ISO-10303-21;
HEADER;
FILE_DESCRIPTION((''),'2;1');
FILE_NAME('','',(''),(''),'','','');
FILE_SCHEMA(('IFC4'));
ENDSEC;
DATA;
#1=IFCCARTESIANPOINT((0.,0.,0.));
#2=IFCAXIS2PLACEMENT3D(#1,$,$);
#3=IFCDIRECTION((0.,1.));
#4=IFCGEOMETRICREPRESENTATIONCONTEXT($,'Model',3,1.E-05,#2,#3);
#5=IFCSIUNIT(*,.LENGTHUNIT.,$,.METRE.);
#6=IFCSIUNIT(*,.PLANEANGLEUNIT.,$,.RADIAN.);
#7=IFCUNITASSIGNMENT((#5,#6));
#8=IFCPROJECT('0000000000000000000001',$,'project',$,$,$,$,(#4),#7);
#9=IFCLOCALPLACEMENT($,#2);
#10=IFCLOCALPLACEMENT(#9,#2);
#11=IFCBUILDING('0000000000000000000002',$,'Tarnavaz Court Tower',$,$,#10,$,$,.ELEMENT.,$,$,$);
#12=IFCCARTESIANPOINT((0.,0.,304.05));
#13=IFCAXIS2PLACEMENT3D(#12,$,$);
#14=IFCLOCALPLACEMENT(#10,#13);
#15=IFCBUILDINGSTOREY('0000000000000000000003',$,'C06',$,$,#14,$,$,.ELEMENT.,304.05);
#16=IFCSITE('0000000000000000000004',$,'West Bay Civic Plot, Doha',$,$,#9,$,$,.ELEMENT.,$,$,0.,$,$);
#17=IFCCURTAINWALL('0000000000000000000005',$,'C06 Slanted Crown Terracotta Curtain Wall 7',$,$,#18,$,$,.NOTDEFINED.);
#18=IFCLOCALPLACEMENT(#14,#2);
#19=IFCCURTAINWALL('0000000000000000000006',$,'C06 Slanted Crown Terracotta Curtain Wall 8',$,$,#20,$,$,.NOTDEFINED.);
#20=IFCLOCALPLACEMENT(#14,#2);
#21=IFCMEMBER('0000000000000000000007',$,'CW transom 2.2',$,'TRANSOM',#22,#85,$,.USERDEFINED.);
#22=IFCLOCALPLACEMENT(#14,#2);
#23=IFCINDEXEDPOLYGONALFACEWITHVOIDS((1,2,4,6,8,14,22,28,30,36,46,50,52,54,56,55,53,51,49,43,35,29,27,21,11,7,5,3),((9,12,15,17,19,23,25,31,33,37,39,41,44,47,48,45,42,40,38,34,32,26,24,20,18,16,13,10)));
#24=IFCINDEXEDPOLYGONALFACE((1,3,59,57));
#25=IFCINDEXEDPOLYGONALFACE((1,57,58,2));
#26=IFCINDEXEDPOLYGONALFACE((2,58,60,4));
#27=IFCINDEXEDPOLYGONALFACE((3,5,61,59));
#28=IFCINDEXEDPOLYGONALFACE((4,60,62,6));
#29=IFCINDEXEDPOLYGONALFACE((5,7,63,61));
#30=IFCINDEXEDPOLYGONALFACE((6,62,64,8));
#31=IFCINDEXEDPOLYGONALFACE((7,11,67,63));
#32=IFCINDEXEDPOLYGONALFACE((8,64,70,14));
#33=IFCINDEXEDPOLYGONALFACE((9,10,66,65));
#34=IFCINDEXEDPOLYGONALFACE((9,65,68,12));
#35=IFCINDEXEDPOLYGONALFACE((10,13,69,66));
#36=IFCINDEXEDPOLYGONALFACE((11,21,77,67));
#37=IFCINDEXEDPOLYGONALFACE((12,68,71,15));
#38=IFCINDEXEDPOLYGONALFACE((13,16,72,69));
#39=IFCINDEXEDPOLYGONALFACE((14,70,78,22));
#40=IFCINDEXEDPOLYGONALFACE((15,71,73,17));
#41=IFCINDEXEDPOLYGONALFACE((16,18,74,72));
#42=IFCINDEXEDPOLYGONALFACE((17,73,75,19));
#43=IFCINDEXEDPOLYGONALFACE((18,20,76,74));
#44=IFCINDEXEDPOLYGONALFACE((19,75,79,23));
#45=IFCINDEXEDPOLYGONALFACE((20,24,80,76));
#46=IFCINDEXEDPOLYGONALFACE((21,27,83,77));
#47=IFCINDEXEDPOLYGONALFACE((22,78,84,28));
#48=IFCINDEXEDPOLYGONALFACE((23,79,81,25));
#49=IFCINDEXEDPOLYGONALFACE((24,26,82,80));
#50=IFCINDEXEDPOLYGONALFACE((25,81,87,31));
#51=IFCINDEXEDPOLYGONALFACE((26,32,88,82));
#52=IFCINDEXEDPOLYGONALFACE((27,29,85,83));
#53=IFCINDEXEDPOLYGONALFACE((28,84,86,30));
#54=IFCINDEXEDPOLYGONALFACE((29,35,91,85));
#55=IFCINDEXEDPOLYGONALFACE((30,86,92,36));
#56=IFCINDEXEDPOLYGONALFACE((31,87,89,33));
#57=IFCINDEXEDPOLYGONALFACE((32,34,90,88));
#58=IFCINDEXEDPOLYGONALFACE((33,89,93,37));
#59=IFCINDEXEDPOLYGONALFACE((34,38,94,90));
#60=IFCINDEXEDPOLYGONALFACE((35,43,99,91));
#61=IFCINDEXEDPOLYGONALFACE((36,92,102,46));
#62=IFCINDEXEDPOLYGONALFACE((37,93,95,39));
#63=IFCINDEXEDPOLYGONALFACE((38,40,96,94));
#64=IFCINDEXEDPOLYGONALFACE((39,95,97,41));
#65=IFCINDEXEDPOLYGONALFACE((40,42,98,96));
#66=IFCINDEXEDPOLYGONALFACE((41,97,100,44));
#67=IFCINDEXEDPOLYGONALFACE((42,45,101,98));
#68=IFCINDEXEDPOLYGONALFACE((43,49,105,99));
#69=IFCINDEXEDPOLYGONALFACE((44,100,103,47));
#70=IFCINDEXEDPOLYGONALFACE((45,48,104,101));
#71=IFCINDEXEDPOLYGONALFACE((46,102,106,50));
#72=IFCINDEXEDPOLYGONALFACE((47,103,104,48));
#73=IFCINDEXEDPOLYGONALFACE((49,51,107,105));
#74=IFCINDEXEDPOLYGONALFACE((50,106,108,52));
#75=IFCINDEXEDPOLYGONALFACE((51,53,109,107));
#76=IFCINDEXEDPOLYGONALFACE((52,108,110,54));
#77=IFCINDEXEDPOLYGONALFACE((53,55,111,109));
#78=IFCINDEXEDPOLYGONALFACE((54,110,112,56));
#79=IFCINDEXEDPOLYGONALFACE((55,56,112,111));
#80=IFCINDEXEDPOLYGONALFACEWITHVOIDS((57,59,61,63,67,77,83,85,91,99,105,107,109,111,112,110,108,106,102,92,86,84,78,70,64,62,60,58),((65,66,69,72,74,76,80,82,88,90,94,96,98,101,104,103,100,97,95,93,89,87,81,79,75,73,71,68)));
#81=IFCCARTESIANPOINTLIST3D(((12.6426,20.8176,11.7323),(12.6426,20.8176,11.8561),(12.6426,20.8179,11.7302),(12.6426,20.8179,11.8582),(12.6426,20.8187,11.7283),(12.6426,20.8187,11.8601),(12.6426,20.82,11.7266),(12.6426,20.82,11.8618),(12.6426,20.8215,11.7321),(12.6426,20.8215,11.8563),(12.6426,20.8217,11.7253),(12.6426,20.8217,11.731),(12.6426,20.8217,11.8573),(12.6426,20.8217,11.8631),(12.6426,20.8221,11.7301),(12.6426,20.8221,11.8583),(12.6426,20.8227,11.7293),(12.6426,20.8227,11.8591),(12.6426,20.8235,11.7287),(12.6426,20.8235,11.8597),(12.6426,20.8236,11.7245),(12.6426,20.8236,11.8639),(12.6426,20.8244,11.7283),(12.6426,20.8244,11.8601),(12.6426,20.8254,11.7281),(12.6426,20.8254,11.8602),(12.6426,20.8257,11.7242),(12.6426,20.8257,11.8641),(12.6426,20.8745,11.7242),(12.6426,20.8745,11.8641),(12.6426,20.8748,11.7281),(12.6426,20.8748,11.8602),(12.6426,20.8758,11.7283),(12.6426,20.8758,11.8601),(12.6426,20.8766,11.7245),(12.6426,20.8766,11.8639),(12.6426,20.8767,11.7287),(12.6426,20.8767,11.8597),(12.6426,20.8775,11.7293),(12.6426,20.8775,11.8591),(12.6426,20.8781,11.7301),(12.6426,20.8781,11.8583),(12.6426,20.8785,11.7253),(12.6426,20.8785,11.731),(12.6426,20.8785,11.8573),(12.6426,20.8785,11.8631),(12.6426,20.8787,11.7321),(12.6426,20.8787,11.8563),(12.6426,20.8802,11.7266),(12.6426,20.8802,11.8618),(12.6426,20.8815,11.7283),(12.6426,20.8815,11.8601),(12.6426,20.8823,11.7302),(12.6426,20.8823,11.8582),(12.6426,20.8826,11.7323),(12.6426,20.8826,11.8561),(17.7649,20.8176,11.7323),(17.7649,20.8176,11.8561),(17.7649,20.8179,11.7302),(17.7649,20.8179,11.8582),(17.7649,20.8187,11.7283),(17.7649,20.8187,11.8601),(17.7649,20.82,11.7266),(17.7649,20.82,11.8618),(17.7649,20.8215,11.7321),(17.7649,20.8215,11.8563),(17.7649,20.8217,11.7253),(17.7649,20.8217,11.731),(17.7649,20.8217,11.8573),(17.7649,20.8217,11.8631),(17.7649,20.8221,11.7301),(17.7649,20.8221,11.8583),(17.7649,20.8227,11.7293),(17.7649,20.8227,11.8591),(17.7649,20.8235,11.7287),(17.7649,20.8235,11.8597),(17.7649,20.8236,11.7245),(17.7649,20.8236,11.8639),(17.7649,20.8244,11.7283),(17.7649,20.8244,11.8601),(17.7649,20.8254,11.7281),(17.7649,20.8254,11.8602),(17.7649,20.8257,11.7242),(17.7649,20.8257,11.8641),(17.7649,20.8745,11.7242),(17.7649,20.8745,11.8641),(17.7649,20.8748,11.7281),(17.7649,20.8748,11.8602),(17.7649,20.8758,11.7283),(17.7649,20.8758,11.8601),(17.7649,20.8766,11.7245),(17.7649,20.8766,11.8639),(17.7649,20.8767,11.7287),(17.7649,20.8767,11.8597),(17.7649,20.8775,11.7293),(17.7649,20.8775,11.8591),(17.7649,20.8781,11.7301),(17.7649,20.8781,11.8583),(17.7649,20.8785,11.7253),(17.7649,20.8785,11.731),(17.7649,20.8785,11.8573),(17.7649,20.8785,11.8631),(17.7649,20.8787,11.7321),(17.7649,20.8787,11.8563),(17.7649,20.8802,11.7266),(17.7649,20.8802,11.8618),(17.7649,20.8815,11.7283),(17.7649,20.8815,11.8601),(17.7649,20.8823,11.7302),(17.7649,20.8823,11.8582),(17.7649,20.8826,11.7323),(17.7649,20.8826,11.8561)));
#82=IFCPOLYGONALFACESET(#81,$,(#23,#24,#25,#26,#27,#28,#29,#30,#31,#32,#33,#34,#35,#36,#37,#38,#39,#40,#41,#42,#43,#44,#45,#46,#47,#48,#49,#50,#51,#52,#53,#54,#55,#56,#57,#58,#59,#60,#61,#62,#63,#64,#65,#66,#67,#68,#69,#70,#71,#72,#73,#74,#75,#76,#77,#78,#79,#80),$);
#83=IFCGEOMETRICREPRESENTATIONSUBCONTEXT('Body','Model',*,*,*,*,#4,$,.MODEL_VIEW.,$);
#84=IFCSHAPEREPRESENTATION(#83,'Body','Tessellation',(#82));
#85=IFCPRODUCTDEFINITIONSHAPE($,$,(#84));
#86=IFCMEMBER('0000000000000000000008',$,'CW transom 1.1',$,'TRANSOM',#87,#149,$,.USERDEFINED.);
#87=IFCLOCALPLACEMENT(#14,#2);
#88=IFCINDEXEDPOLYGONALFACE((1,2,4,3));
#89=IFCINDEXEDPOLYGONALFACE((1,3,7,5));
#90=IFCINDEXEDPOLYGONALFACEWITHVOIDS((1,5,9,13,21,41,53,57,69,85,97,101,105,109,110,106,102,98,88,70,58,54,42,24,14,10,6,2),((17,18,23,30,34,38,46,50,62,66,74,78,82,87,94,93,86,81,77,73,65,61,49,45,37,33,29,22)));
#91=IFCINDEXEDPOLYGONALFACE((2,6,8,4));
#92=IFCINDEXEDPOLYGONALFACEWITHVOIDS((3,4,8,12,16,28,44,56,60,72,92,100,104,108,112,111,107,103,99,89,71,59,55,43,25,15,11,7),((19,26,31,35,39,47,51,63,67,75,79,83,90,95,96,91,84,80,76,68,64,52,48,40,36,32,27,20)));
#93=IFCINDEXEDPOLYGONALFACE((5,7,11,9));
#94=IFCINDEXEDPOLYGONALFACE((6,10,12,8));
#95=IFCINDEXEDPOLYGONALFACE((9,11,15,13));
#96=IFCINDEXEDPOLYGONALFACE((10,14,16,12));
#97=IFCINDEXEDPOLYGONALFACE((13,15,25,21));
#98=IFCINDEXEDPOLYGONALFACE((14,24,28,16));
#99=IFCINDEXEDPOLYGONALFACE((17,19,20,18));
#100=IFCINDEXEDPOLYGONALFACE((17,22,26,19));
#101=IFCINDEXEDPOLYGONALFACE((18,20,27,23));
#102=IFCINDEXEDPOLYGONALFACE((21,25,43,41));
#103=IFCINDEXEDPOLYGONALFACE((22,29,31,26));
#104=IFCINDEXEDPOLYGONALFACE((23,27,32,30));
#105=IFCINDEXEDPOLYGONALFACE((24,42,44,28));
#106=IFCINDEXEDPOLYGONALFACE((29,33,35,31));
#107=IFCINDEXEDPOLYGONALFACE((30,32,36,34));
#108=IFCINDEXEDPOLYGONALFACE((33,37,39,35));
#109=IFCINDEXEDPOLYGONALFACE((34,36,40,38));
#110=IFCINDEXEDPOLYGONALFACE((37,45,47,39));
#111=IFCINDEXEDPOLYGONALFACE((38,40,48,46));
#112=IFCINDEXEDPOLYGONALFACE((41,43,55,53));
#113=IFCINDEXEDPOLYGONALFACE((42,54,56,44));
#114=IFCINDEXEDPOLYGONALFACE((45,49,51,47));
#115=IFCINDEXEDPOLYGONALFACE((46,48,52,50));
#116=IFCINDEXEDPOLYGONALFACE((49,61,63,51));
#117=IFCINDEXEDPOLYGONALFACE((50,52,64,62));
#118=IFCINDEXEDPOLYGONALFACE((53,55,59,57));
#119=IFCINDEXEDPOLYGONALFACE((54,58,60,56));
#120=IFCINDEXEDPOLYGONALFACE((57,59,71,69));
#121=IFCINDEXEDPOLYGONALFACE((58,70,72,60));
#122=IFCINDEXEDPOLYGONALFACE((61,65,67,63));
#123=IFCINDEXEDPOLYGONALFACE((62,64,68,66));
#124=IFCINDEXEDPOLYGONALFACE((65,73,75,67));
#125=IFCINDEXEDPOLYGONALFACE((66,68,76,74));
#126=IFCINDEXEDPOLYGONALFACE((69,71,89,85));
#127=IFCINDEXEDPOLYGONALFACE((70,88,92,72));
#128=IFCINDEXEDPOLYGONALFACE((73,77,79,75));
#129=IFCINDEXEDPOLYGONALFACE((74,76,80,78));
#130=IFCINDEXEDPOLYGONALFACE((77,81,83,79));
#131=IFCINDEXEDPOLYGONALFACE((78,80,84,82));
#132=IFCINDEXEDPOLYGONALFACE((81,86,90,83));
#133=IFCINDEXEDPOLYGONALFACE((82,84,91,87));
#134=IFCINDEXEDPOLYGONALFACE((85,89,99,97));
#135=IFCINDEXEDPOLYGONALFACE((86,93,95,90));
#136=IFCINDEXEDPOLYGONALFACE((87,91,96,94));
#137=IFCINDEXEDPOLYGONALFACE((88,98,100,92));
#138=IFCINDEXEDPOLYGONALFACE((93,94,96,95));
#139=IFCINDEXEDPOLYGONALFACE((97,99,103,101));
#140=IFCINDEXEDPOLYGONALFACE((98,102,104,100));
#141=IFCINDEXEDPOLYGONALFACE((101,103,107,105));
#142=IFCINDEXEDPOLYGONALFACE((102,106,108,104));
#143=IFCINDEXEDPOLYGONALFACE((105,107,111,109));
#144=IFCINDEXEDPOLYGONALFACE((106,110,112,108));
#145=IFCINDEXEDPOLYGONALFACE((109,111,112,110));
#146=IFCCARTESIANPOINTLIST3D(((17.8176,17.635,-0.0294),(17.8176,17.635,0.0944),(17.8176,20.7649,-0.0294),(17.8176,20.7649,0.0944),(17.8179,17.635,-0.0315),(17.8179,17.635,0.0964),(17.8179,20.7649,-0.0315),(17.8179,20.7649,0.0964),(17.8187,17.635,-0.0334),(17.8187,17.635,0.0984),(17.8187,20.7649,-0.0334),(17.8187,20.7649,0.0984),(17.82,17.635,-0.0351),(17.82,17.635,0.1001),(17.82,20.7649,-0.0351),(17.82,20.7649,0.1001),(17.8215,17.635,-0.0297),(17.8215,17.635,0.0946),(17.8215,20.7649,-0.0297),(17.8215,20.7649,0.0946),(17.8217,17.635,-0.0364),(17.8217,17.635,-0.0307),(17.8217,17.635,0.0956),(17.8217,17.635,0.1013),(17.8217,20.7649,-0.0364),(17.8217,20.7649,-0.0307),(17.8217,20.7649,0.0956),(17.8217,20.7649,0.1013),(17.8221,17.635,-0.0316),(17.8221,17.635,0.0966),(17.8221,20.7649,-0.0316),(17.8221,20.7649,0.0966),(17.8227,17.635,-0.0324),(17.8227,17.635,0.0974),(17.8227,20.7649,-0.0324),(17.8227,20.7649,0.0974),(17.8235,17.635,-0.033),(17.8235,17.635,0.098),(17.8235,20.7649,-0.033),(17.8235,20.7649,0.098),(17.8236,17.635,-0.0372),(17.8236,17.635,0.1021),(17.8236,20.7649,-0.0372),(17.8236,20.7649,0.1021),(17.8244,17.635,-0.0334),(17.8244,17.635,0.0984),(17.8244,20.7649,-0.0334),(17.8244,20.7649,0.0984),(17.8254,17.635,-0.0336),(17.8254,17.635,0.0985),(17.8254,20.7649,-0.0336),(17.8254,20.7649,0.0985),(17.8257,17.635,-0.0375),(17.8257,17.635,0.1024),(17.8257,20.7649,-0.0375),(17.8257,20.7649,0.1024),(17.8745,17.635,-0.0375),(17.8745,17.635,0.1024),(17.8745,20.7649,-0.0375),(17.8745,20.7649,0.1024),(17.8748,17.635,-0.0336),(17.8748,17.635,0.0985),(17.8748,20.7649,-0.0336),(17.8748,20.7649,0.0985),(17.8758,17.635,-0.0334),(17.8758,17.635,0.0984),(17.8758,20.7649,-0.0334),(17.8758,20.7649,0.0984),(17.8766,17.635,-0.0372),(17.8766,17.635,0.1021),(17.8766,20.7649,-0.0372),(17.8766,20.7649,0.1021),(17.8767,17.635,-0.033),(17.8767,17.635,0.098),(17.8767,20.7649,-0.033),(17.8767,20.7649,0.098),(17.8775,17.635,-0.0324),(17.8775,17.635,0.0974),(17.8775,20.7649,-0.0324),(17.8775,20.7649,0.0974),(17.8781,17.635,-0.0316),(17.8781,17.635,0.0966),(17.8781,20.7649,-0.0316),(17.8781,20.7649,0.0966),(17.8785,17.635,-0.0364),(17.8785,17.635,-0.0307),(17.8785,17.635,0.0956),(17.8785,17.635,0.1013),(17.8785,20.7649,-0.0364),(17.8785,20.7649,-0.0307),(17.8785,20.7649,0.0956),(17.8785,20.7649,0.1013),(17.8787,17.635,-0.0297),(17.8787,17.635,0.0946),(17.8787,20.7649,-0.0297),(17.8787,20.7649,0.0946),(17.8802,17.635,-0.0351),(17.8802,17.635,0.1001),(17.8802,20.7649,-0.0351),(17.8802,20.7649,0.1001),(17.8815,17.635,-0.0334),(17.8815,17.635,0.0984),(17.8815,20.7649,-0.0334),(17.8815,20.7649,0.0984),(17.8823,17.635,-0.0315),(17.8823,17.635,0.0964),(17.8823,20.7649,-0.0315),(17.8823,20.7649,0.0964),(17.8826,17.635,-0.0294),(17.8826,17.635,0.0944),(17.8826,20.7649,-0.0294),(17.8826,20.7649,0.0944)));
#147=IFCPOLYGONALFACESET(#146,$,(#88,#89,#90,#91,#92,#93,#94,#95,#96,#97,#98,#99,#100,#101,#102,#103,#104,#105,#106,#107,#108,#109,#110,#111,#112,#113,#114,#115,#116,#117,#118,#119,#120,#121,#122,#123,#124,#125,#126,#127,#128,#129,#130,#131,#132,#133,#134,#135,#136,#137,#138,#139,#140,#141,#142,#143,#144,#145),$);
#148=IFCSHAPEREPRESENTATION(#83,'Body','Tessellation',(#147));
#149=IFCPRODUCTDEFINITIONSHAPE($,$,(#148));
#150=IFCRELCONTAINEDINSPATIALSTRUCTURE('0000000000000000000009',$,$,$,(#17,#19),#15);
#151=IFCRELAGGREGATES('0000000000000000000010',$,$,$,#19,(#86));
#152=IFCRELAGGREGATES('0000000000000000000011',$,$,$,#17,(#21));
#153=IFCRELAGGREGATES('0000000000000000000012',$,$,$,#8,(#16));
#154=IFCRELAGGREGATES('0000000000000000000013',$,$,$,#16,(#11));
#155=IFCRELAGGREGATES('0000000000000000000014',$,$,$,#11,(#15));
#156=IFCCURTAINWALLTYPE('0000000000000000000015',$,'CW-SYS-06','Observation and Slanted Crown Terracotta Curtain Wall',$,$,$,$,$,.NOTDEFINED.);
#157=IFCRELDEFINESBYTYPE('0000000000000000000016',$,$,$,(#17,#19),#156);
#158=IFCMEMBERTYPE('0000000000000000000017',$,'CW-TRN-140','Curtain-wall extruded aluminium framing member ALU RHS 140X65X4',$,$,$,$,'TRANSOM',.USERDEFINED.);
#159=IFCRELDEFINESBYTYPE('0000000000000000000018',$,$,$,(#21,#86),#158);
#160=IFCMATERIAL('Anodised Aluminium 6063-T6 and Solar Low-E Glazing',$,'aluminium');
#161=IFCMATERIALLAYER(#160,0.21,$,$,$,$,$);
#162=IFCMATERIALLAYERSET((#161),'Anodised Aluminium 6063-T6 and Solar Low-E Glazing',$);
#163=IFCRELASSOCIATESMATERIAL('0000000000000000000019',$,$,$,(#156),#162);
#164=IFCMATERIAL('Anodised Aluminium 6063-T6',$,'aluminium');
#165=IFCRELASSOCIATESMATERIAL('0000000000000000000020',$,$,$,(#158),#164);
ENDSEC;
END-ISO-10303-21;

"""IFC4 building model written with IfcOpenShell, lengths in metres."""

from ifc_helpers import new_model, si_unit, direction, frame, origin, origin_2d, place, context, subcontext, project, spatial, hollow_rectangle, extrude, material, layer, layer_set, material_profile, profile_set, type_object, element, aggregate, save


model = new_model("IFC4")

# Units and contexts
model_context = context("Model", 3, precision=1e-05, world=origin(), true_north=direction((0.0, 1.0)))
body_context = subcontext(model_context, "Body", "Model", "MODEL_VIEW")
ifc_project = project(units=[si_unit("LENGTHUNIT", "METRE"), si_unit("PLANEANGLEUNIT", "RADIAN")], contexts=[model_context])

# Site, building, storey
site_placement = place(None, origin())
site = spatial("IfcSite", under=ifc_project, at=site_placement, Name="West Bay Civic Plot, Doha", CompositionType="ELEMENT", RefElevation=0.0)
building_placement = place(site_placement, origin())
building = spatial("IfcBuilding", under=site, at=building_placement, Name="Tarnavaz Court Tower", CompositionType="ELEMENT")
storey_placement = place(building_placement, frame((0.0, 0.0, 304.05)))
storey = spatial("IfcBuildingStorey", under=building, at=storey_placement, Name="C06", CompositionType="ELEMENT", Elevation=304.05)

# Shared definitions
ifc_material_1 = material(Name="Anodised Aluminium 6063-T6 and Solar Low-E Glazing", Category="aluminium")
ifc_layer_1 = layer(ifc_material_1, 0.21)
ifc_layer_set_1 = layer_set([ifc_layer_1], Name="Anodised Aluminium 6063-T6 and Solar Low-E Glazing")
curtain_wall_type = type_object("IfcCurtainWallType", Name="CW-SYS-06", Description="Observation and Slanted Crown Terracotta Curtain Wall", PredefinedType="NOTDEFINED", material=ifc_layer_set_1)
ifc_material_2 = material(Name="Anodised Aluminium 6063-T6", Category="aluminium")

# Curtain walls
curtain_wall_1_placement = place(storey_placement, origin())
curtain_wall_1 = element("IfcCurtainWall", 1, at=curtain_wall_1_placement, inside=storey, type_object=curtain_wall_type, Name="C06 Slanted Crown Terracotta Curtain Wall 7", PredefinedType="NOTDEFINED")
curtain_wall_2_placement = place(storey_placement, origin())
curtain_wall_2 = element("IfcCurtainWall", 2, at=curtain_wall_2_placement, inside=storey, type_object=curtain_wall_type, Name="C06 Slanted Crown Terracotta Curtain Wall 8", PredefinedType="NOTDEFINED")

# Members
ifc_material_profile_1 = material_profile(ifc_material_2, hollow_rectangle(XDim=0.0649, YDim=0.1399, WallThickness=0.0039, InnerFilletRadius=0.0039, OuterFilletRadius=0.0081, at=origin_2d()), Name="ALU RHS 140X65X4")
ifc_profile_set_1 = profile_set([ifc_material_profile_1], Name="Anodised Aluminium 6063-T6")
member_type_1 = type_object("IfcMemberType", Name="CW-TRN-140", Description="Curtain-wall extruded aluminium framing member ALU RHS 140X65X4", ElementType="TRANSOM", PredefinedType="USERDEFINED", material=ifc_profile_set_1)
member_1_placement = place(storey_placement, frame((12.6426, 20.8501, 11.7942), z_axis=(1.0, 0.0, 0.0), x_axis=(0.0, 1.0, 0.0)))
member_1 = element("IfcMember", 3, at=member_1_placement, type_object=member_type_1, Name="CW transom 2.2", ObjectType="TRANSOM", PredefinedType="USERDEFINED", context=body_context, shape_type="SweptSolid", body=[
    extrude(hollow_rectangle(XDim=0.0649, YDim=0.1399, WallThickness=0.0039, InnerFilletRadius=0.0039, OuterFilletRadius=0.0081, at=origin_2d()), origin(), (0.0, 0.0, 1.0), 5.1223),
])
member_2_placement = place(storey_placement, frame((17.8501, 20.7649, 0.0325), z_axis=(0.0, -1.0, 0.0), x_axis=(1.0, 0.0, 0.0)))
member_2 = element("IfcMember", 4, at=member_2_placement, type_object=member_type_1, Name="CW transom 1.1", ObjectType="TRANSOM", PredefinedType="USERDEFINED", context=body_context, shape_type="SweptSolid", body=[
    extrude(hollow_rectangle(XDim=0.0649, YDim=0.1399, WallThickness=0.0039, InnerFilletRadius=0.0039, OuterFilletRadius=0.0081, at=origin_2d()), origin(), (0.0, 0.0, 1.0), 3.1299),
])
aggregate(curtain_wall_2, [member_2])

aggregate(curtain_wall_1, [member_1])

save(model, "model.ifc")
